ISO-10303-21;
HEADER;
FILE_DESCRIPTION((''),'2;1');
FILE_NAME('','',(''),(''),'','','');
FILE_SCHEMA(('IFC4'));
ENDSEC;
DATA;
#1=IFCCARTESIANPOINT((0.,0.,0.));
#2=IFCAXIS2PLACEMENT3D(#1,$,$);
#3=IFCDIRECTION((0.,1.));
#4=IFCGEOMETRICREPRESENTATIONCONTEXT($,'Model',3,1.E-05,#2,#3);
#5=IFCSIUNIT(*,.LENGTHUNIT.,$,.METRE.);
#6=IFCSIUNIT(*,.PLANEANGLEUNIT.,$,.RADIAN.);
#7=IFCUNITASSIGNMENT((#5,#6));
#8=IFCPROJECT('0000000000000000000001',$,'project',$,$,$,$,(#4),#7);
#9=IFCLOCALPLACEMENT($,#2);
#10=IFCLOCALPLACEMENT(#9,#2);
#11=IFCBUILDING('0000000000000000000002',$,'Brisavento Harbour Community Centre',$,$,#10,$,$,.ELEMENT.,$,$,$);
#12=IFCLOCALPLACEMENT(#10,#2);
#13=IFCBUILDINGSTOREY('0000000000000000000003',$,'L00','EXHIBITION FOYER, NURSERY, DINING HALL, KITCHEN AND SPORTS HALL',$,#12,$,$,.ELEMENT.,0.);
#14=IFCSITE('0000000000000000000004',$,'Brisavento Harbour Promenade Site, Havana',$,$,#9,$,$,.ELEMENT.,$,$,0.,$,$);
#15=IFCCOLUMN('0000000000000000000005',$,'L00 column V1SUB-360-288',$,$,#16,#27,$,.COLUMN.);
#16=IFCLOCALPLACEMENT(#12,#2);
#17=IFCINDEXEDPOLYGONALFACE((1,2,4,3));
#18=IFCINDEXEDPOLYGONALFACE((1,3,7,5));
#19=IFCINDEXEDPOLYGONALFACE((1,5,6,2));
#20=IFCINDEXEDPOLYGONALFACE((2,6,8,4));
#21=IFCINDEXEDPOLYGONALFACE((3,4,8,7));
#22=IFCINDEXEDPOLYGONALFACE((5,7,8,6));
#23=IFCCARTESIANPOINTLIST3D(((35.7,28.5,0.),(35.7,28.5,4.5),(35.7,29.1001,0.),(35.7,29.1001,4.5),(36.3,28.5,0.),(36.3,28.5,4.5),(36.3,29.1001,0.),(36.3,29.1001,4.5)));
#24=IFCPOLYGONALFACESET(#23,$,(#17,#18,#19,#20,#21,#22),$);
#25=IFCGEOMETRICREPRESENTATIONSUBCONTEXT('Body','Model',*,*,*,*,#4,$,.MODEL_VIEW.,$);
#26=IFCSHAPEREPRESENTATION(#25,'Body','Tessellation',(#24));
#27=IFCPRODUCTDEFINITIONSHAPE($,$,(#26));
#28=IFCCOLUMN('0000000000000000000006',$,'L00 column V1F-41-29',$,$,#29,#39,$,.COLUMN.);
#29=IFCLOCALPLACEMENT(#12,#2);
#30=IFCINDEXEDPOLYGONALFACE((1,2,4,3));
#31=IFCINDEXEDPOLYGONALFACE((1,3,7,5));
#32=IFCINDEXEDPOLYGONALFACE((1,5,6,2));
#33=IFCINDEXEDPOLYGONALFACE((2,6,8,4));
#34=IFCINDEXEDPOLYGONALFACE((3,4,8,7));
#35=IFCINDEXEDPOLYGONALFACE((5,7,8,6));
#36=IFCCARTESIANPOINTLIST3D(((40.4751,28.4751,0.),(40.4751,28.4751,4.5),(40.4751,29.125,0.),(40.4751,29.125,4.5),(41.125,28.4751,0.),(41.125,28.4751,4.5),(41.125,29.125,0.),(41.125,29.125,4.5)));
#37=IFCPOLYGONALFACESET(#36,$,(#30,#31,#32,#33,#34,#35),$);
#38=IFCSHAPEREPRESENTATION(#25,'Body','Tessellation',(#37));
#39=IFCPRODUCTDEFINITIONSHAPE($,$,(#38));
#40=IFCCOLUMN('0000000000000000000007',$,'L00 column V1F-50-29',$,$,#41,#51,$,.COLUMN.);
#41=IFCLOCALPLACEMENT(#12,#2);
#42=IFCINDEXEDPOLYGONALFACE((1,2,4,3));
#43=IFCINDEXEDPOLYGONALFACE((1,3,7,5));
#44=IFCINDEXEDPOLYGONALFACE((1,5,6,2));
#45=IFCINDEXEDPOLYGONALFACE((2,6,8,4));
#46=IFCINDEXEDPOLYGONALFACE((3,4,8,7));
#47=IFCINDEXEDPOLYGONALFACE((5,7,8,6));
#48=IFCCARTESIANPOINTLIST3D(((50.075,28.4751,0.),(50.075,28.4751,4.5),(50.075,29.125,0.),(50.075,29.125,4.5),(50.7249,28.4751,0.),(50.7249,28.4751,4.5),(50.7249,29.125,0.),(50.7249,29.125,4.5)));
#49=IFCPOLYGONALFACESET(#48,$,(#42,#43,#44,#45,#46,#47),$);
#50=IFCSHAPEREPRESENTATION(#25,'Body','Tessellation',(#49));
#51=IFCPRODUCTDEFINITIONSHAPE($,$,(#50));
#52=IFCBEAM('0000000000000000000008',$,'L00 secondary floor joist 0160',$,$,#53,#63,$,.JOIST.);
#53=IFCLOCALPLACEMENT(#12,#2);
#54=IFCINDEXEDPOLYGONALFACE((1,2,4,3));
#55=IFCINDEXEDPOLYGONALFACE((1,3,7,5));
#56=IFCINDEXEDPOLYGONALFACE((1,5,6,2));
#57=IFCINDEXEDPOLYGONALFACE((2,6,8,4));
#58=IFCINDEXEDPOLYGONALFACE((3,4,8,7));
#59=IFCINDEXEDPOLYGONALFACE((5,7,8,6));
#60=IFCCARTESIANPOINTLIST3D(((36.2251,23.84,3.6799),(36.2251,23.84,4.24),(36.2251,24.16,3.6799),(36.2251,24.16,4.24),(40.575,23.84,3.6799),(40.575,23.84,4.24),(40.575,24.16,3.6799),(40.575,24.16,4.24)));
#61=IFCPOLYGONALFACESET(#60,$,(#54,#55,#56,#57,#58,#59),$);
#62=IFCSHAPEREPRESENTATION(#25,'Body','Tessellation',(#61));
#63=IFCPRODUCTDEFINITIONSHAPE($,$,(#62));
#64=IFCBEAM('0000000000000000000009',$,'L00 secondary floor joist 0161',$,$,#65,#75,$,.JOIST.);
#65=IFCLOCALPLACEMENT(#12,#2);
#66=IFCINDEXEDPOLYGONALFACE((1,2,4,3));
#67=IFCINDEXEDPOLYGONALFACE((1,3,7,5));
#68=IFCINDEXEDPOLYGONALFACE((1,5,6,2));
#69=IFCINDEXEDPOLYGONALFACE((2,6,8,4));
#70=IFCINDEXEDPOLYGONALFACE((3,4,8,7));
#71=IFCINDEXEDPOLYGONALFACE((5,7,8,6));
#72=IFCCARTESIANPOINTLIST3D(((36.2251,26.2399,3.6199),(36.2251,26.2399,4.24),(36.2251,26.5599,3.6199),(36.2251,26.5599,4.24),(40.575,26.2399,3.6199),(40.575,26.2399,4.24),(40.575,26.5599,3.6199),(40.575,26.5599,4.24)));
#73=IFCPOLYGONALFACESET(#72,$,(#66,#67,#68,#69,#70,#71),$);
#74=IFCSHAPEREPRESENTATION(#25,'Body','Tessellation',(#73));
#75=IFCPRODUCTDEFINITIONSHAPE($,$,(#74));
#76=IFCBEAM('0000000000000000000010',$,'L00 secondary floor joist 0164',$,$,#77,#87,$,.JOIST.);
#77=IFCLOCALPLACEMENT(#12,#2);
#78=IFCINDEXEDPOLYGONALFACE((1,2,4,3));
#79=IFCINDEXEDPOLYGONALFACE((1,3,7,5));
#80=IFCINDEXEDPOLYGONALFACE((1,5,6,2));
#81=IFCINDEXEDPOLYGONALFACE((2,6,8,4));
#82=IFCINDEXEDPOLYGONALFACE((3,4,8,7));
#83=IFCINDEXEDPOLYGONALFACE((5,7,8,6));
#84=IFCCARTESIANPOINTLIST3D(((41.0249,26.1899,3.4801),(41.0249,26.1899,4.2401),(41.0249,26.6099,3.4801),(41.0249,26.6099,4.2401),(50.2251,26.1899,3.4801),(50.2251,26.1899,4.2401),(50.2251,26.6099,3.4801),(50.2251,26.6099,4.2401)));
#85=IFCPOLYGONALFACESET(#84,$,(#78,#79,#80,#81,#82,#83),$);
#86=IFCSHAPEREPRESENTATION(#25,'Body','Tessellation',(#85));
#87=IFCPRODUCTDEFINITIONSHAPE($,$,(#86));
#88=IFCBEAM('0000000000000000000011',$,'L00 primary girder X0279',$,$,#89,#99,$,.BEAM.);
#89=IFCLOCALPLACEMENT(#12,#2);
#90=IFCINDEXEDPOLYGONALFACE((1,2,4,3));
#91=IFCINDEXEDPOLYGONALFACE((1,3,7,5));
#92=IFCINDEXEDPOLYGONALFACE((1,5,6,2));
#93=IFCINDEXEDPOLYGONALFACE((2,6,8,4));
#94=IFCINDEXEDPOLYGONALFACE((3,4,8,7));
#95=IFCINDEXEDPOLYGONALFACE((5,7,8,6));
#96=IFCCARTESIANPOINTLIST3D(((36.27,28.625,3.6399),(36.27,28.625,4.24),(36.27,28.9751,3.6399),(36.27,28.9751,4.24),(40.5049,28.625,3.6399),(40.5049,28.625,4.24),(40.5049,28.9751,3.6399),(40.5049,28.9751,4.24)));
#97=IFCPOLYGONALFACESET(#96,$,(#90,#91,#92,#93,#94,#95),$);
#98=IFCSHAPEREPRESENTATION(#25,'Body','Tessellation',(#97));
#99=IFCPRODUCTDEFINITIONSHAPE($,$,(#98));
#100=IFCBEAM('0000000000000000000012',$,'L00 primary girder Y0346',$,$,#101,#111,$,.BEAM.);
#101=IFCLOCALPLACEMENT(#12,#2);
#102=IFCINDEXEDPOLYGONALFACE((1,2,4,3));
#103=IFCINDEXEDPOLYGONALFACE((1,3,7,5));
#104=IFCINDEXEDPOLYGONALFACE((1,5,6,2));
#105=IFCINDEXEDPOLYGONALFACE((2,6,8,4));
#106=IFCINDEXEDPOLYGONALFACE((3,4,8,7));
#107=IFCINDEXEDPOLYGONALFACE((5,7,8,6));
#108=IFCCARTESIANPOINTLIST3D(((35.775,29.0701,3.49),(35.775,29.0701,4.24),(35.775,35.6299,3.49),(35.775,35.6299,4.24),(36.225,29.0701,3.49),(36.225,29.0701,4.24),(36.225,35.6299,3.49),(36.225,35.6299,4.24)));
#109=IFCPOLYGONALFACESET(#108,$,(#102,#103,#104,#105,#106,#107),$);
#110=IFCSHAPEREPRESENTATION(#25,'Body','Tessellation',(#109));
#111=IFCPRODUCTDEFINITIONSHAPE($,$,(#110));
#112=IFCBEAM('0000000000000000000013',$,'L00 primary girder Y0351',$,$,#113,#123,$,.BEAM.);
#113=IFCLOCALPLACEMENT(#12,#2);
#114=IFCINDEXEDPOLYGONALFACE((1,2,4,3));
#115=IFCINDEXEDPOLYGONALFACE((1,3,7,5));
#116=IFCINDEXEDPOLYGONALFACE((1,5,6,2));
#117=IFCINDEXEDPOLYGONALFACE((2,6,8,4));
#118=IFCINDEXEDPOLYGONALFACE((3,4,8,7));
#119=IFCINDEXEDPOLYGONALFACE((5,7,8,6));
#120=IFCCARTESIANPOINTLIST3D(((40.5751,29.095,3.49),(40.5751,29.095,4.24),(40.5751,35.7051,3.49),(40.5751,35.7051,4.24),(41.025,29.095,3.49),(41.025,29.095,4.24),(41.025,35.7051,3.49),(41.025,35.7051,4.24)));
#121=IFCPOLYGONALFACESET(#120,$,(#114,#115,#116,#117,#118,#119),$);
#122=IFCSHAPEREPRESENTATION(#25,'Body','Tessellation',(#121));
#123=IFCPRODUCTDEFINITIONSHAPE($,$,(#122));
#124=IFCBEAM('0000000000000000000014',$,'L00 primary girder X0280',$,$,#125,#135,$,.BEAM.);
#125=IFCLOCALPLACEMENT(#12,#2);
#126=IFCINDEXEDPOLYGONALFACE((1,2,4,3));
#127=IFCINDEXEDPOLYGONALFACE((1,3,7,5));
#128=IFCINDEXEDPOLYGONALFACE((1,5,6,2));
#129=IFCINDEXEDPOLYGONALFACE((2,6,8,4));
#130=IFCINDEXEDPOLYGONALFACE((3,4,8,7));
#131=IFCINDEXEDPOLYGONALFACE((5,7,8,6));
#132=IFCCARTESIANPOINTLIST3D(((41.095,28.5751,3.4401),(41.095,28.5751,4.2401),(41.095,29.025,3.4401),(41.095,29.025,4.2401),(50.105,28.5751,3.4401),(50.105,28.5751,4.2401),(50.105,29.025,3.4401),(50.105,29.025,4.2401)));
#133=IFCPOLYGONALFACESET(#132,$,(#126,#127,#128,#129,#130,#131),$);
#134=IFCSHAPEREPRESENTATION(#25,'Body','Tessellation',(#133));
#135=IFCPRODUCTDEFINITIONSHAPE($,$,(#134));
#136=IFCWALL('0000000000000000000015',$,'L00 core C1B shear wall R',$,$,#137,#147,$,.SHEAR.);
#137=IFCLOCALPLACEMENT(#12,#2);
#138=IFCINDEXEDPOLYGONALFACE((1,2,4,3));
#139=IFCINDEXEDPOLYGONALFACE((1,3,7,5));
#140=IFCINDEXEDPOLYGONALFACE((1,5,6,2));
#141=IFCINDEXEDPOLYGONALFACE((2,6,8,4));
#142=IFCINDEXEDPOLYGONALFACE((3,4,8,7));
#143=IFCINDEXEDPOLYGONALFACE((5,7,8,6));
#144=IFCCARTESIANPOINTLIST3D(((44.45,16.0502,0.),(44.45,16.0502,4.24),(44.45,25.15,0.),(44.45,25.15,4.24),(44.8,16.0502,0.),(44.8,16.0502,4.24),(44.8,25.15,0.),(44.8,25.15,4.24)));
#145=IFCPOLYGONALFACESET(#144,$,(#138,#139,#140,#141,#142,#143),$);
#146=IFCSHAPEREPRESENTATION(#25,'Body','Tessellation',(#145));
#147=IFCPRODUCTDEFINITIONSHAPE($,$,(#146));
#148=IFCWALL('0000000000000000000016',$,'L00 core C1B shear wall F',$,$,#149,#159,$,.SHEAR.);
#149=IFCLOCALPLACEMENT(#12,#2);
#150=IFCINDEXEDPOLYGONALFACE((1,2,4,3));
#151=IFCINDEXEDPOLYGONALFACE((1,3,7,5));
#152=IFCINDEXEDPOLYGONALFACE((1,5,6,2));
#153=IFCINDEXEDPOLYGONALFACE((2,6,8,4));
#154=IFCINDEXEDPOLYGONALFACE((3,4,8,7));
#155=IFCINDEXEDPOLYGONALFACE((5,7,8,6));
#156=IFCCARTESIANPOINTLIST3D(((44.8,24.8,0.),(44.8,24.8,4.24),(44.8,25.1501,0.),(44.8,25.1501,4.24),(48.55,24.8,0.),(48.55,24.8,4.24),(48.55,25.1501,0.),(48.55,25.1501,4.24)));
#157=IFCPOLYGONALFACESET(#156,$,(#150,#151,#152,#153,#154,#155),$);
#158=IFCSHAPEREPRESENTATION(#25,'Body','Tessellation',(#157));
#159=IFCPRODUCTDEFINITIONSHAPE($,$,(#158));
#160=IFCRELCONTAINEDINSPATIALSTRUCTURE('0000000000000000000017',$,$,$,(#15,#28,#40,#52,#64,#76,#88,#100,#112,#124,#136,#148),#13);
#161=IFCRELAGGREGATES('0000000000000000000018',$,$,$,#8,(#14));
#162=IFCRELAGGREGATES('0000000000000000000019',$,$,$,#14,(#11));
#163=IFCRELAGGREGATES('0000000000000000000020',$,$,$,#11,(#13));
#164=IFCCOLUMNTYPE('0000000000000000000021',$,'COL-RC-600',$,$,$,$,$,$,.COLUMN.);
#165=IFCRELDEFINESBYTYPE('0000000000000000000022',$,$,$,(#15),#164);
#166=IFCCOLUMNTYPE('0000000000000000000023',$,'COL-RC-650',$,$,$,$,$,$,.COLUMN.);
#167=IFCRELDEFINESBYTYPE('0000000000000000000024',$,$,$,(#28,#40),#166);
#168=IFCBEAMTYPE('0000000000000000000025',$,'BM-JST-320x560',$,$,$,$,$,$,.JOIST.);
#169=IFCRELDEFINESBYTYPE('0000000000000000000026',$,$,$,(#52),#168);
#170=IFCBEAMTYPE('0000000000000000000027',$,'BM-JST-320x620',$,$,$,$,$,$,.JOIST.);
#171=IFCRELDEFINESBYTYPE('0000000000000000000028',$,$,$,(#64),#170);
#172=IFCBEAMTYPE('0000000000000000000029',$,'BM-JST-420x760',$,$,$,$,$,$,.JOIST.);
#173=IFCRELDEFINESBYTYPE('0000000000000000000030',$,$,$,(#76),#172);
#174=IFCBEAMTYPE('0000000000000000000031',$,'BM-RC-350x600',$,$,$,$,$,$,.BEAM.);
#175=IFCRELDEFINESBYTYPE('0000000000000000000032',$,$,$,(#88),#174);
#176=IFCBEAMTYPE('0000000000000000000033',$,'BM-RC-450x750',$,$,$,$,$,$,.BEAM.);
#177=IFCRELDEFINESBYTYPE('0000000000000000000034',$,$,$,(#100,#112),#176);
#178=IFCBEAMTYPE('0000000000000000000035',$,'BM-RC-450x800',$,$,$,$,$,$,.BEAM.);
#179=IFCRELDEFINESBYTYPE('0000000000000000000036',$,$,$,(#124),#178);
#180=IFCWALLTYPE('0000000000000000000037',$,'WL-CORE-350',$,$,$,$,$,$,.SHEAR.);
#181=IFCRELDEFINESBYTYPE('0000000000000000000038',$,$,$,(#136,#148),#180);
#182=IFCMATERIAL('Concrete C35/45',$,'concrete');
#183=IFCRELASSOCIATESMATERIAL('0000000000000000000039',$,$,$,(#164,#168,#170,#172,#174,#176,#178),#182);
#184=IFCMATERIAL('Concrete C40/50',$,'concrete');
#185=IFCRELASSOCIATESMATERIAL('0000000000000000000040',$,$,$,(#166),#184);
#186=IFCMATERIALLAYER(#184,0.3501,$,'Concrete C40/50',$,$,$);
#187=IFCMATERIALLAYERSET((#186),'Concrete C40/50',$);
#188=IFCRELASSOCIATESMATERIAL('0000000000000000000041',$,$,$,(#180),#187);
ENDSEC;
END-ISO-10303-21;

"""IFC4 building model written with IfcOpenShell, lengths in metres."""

from ifc_helpers import new_model, si_unit, direction, frame, frame_2d, origin, origin_2d, place, context, subcontext, project, spatial, rectangle, extrude, material, layer, layer_set, material_profile, profile_set, type_object, element, save


model = new_model("IFC4")

# Units and contexts
model_context = context("Model", 3, precision=1e-05, world=origin(), true_north=direction((0.0, 1.0)))
body_context = subcontext(model_context, "Body", "Model", "MODEL_VIEW")
ifc_project = project(units=[si_unit("LENGTHUNIT", "METRE"), si_unit("PLANEANGLEUNIT", "RADIAN")], contexts=[model_context])

# Site, building, storey
site_placement = place(None, origin())
site = spatial("IfcSite", under=ifc_project, at=site_placement, Name="Brisavento Harbour Promenade Site, Havana", CompositionType="ELEMENT", RefElevation=0.0)
building_placement = place(site_placement, origin())
building = spatial("IfcBuilding", under=site, at=building_placement, Name="Brisavento Harbour Community Centre", CompositionType="ELEMENT")
storey_placement = place(building_placement, origin())
storey = spatial("IfcBuildingStorey", under=building, at=storey_placement, Name="L00", Description="EXHIBITION FOYER, NURSERY, DINING HALL, KITCHEN AND SPORTS HALL", CompositionType="ELEMENT", Elevation=0.0)

# Columns
ifc_material_1 = material(Name="Concrete C35/45", Category="concrete")
ifc_material_profile_1 = material_profile(ifc_material_1, rectangle(XDim=0.6001, YDim=0.6001, at=origin_2d()), Name="Concrete C35/45")
ifc_profile_set_1 = profile_set([ifc_material_profile_1], Name="Concrete C35/45")
column_type_1 = type_object("IfcColumnType", Name="COL-RC-600", PredefinedType="COLUMN", material=ifc_profile_set_1)
column_placement = place(storey_placement, frame((36.0, 28.8, 0.0), z_axis=(0.0, 0.0, 1.0), x_axis=(1.0, 0.0, 0.0)))
element("IfcColumn", 1, at=column_placement, inside=storey, type_object=column_type_1, Name="L00 column V1SUB-360-288", PredefinedType="COLUMN", context=body_context, shape_type="SweptSolid", body=[
    extrude(rectangle(XDim=0.6001, YDim=0.6001, at=origin_2d()), origin(), (0.0, 0.0, 1.0), 4.5),
])
ifc_material_2 = material(Name="Concrete C40/50", Category="concrete")
ifc_material_profile_2 = material_profile(ifc_material_2, rectangle(XDim=0.6499, YDim=0.6499, at=origin_2d()), Name="Concrete C40/50")
ifc_profile_set_2 = profile_set([ifc_material_profile_2], Name="Concrete C40/50")
column_type_2 = type_object("IfcColumnType", Name="COL-RC-650", PredefinedType="COLUMN", material=ifc_profile_set_2)
for number, where, z_axis, x_axis, name in (
    (2, (40.8, 28.8, 0.0), (0.0, 0.0, 1.0), (1.0, 0.0, 0.0), "L00 column V1F-41-29"),
    (3, (50.3999, 28.8, 0.0), (0.0, 0.0, 1.0), (1.0, 0.0, 0.0), "L00 column V1F-50-29"),
):
    element("IfcColumn", number, at=place(storey_placement, frame(where, z_axis=z_axis, x_axis=x_axis)), inside=storey, type_object=column_type_2, Name=name, PredefinedType="COLUMN", context=body_context, shape_type="SweptSolid", body=[
        extrude(rectangle(XDim=0.6499, YDim=0.6499, at=origin_2d()), origin(), (0.0, 0.0, 1.0), 4.5),
    ])

# Beams
ifc_material_profile_3 = material_profile(ifc_material_1, rectangle(XDim=0.3201, YDim=0.5601, at=origin_2d()), Name="Concrete C35/45")
ifc_profile_set_3 = profile_set([ifc_material_profile_3], Name="Concrete C35/45")
beam_type_1 = type_object("IfcBeamType", Name="BM-JST-320x560", PredefinedType="JOIST", material=ifc_profile_set_3)
beam_1_placement = place(storey_placement, frame((36.2251, 24.0, 3.96), z_axis=(1.0, 0.0, 0.0), x_axis=(0.0, 1.0, 0.0)))
element("IfcBeam", 4, at=beam_1_placement, inside=storey, type_object=beam_type_1, Name="L00 secondary floor joist 0160", PredefinedType="JOIST", context=body_context, shape_type="SweptSolid", body=[
    extrude(rectangle(XDim=0.3201, YDim=0.5601, at=origin_2d()), origin(), (0.0, 0.0, 1.0), 4.3499),
])
ifc_material_profile_4 = material_profile(ifc_material_1, rectangle(XDim=0.3201, YDim=0.6201, at=origin_2d()), Name="Concrete C35/45")
ifc_profile_set_4 = profile_set([ifc_material_profile_4], Name="Concrete C35/45")
beam_type_2 = type_object("IfcBeamType", Name="BM-JST-320x620", PredefinedType="JOIST", material=ifc_profile_set_4)
beam_2_placement = place(storey_placement, frame((36.2251, 26.3999, 3.9299), z_axis=(1.0, 0.0, 0.0), x_axis=(0.0, 1.0, 0.0)))
element("IfcBeam", 5, at=beam_2_placement, inside=storey, type_object=beam_type_2, Name="L00 secondary floor joist 0161", PredefinedType="JOIST", context=body_context, shape_type="SweptSolid", body=[
    extrude(rectangle(XDim=0.3201, YDim=0.6201, at=origin_2d()), origin(), (0.0, 0.0, 1.0), 4.3499),
])
ifc_material_profile_5 = material_profile(ifc_material_1, rectangle(XDim=0.4199, YDim=0.76, at=origin_2d()), Name="Concrete C35/45")
ifc_profile_set_5 = profile_set([ifc_material_profile_5], Name="Concrete C35/45")
beam_type_3 = type_object("IfcBeamType", Name="BM-JST-420x760", PredefinedType="JOIST", material=ifc_profile_set_5)
beam_3_placement = place(storey_placement, frame((41.0249, 26.3999, 3.8601), z_axis=(1.0, 0.0, 0.0), x_axis=(0.0, 1.0, 0.0)))
element("IfcBeam", 6, at=beam_3_placement, inside=storey, type_object=beam_type_3, Name="L00 secondary floor joist 0164", PredefinedType="JOIST", context=body_context, shape_type="SweptSolid", body=[
    extrude(rectangle(XDim=0.4199, YDim=0.76, at=origin_2d()), origin(), (0.0, 0.0, 1.0), 9.2002),
])
ifc_material_profile_6 = material_profile(ifc_material_1, rectangle(XDim=0.3501, YDim=0.6001, at=origin_2d()), Name="Concrete C35/45")
ifc_profile_set_6 = profile_set([ifc_material_profile_6], Name="Concrete C35/45")
beam_type_4 = type_object("IfcBeamType", Name="BM-RC-350x600", PredefinedType="BEAM", material=ifc_profile_set_6)
beam_4_placement = place(storey_placement, frame((36.27, 28.8, 3.9399), z_axis=(1.0, 0.0, 0.0), x_axis=(0.0, 1.0, 0.0)))
element("IfcBeam", 7, at=beam_4_placement, inside=storey, type_object=beam_type_4, Name="L00 primary girder X0279", PredefinedType="BEAM", context=body_context, shape_type="SweptSolid", body=[
    extrude(rectangle(XDim=0.3501, YDim=0.6001, at=origin_2d()), origin(), (0.0, 0.0, 1.0), 4.2349),
])
ifc_material_profile_7 = material_profile(ifc_material_1, rectangle(XDim=0.45, YDim=0.75, at=origin_2d()), Name="Concrete C35/45")
ifc_profile_set_7 = profile_set([ifc_material_profile_7], Name="Concrete C35/45")
beam_type_5 = type_object("IfcBeamType", Name="BM-RC-450x750", PredefinedType="BEAM", material=ifc_profile_set_7)
beam_5_placement = place(storey_placement, frame((36.0, 29.0701, 3.865), z_axis=(0.0, 1.0, 0.0), x_axis=(-1.0, 0.0, 0.0)))
element("IfcBeam", 8, at=beam_5_placement, inside=storey, type_object=beam_type_5, Name="L00 primary girder Y0346", PredefinedType="BEAM", context=body_context, shape_type="SweptSolid", body=[
    extrude(rectangle(XDim=0.45, YDim=0.75, at=origin_2d()), origin(), (0.0, 0.0, 1.0), 6.5598),
])
beam_6_placement = place(storey_placement, frame((40.8, 29.095, 3.865), z_axis=(0.0, 1.0, 0.0), x_axis=(-1.0, 0.0, 0.0)))
element("IfcBeam", 9, at=beam_6_placement, inside=storey, type_object=beam_type_5, Name="L00 primary girder Y0351", PredefinedType="BEAM", context=body_context, shape_type="SweptSolid", body=[
    extrude(rectangle(XDim=0.45, YDim=0.75, at=origin_2d()), origin(), (0.0, 0.0, 1.0), 6.6101),
])
ifc_material_profile_8 = material_profile(ifc_material_1, rectangle(XDim=0.45, YDim=0.8, at=origin_2d()), Name="Concrete C35/45")
ifc_profile_set_8 = profile_set([ifc_material_profile_8], Name="Concrete C35/45")
beam_type_6 = type_object("IfcBeamType", Name="BM-RC-450x800", PredefinedType="BEAM", material=ifc_profile_set_8)
beam_7_placement = place(storey_placement, frame((41.095, 28.8, 3.8401), z_axis=(1.0, 0.0, 0.0), x_axis=(0.0, 1.0, 0.0)))
element("IfcBeam", 10, at=beam_7_placement, inside=storey, type_object=beam_type_6, Name="L00 primary girder X0280", PredefinedType="BEAM", context=body_context, shape_type="SweptSolid", body=[
    extrude(rectangle(XDim=0.45, YDim=0.8, at=origin_2d()), origin(), (0.0, 0.0, 1.0), 9.01),
])

# Walls
ifc_layer_1 = layer(ifc_material_2, 0.3501, Name="Concrete C40/50")
ifc_layer_set_1 = layer_set([ifc_layer_1], Name="Concrete C40/50")
wall_type_1 = type_object("IfcWallType", Name="WL-CORE-350", PredefinedType="SHEAR", material=ifc_layer_set_1)
wall_1_placement = place(storey_placement, frame((44.625, 25.1499, 0.0), z_axis=(0.0, 0.0, 1.0), x_axis=(0.0, -1.0, 0.0)))
element("IfcWall", 11, at=wall_1_placement, inside=storey, type_object=wall_type_1, Name="L00 core C1B shear wall R", PredefinedType="SHEAR", context=body_context, shape_type="SweptSolid", body=[
    extrude(rectangle(XDim=9.0999, YDim=0.3501, at=frame_2d((4.5498, 0.0))), origin(), (0.0, 0.0, 1.0), 4.24),
])
wall_2_placement = place(storey_placement, frame((48.55, 24.9751, 0.0), z_axis=(0.0, 0.0, 1.0), x_axis=(-1.0, 0.0, 0.0)))
element("IfcWall", 12, at=wall_2_placement, inside=storey, type_object=wall_type_1, Name="L00 core C1B shear wall F", PredefinedType="SHEAR", context=body_context, shape_type="SweptSolid", body=[
    extrude(rectangle(XDim=3.75, YDim=0.3501, at=frame_2d((1.875, 0.0))), origin(), (0.0, 0.0, 1.0), 4.24),
])

save(model, "model.ifc")
